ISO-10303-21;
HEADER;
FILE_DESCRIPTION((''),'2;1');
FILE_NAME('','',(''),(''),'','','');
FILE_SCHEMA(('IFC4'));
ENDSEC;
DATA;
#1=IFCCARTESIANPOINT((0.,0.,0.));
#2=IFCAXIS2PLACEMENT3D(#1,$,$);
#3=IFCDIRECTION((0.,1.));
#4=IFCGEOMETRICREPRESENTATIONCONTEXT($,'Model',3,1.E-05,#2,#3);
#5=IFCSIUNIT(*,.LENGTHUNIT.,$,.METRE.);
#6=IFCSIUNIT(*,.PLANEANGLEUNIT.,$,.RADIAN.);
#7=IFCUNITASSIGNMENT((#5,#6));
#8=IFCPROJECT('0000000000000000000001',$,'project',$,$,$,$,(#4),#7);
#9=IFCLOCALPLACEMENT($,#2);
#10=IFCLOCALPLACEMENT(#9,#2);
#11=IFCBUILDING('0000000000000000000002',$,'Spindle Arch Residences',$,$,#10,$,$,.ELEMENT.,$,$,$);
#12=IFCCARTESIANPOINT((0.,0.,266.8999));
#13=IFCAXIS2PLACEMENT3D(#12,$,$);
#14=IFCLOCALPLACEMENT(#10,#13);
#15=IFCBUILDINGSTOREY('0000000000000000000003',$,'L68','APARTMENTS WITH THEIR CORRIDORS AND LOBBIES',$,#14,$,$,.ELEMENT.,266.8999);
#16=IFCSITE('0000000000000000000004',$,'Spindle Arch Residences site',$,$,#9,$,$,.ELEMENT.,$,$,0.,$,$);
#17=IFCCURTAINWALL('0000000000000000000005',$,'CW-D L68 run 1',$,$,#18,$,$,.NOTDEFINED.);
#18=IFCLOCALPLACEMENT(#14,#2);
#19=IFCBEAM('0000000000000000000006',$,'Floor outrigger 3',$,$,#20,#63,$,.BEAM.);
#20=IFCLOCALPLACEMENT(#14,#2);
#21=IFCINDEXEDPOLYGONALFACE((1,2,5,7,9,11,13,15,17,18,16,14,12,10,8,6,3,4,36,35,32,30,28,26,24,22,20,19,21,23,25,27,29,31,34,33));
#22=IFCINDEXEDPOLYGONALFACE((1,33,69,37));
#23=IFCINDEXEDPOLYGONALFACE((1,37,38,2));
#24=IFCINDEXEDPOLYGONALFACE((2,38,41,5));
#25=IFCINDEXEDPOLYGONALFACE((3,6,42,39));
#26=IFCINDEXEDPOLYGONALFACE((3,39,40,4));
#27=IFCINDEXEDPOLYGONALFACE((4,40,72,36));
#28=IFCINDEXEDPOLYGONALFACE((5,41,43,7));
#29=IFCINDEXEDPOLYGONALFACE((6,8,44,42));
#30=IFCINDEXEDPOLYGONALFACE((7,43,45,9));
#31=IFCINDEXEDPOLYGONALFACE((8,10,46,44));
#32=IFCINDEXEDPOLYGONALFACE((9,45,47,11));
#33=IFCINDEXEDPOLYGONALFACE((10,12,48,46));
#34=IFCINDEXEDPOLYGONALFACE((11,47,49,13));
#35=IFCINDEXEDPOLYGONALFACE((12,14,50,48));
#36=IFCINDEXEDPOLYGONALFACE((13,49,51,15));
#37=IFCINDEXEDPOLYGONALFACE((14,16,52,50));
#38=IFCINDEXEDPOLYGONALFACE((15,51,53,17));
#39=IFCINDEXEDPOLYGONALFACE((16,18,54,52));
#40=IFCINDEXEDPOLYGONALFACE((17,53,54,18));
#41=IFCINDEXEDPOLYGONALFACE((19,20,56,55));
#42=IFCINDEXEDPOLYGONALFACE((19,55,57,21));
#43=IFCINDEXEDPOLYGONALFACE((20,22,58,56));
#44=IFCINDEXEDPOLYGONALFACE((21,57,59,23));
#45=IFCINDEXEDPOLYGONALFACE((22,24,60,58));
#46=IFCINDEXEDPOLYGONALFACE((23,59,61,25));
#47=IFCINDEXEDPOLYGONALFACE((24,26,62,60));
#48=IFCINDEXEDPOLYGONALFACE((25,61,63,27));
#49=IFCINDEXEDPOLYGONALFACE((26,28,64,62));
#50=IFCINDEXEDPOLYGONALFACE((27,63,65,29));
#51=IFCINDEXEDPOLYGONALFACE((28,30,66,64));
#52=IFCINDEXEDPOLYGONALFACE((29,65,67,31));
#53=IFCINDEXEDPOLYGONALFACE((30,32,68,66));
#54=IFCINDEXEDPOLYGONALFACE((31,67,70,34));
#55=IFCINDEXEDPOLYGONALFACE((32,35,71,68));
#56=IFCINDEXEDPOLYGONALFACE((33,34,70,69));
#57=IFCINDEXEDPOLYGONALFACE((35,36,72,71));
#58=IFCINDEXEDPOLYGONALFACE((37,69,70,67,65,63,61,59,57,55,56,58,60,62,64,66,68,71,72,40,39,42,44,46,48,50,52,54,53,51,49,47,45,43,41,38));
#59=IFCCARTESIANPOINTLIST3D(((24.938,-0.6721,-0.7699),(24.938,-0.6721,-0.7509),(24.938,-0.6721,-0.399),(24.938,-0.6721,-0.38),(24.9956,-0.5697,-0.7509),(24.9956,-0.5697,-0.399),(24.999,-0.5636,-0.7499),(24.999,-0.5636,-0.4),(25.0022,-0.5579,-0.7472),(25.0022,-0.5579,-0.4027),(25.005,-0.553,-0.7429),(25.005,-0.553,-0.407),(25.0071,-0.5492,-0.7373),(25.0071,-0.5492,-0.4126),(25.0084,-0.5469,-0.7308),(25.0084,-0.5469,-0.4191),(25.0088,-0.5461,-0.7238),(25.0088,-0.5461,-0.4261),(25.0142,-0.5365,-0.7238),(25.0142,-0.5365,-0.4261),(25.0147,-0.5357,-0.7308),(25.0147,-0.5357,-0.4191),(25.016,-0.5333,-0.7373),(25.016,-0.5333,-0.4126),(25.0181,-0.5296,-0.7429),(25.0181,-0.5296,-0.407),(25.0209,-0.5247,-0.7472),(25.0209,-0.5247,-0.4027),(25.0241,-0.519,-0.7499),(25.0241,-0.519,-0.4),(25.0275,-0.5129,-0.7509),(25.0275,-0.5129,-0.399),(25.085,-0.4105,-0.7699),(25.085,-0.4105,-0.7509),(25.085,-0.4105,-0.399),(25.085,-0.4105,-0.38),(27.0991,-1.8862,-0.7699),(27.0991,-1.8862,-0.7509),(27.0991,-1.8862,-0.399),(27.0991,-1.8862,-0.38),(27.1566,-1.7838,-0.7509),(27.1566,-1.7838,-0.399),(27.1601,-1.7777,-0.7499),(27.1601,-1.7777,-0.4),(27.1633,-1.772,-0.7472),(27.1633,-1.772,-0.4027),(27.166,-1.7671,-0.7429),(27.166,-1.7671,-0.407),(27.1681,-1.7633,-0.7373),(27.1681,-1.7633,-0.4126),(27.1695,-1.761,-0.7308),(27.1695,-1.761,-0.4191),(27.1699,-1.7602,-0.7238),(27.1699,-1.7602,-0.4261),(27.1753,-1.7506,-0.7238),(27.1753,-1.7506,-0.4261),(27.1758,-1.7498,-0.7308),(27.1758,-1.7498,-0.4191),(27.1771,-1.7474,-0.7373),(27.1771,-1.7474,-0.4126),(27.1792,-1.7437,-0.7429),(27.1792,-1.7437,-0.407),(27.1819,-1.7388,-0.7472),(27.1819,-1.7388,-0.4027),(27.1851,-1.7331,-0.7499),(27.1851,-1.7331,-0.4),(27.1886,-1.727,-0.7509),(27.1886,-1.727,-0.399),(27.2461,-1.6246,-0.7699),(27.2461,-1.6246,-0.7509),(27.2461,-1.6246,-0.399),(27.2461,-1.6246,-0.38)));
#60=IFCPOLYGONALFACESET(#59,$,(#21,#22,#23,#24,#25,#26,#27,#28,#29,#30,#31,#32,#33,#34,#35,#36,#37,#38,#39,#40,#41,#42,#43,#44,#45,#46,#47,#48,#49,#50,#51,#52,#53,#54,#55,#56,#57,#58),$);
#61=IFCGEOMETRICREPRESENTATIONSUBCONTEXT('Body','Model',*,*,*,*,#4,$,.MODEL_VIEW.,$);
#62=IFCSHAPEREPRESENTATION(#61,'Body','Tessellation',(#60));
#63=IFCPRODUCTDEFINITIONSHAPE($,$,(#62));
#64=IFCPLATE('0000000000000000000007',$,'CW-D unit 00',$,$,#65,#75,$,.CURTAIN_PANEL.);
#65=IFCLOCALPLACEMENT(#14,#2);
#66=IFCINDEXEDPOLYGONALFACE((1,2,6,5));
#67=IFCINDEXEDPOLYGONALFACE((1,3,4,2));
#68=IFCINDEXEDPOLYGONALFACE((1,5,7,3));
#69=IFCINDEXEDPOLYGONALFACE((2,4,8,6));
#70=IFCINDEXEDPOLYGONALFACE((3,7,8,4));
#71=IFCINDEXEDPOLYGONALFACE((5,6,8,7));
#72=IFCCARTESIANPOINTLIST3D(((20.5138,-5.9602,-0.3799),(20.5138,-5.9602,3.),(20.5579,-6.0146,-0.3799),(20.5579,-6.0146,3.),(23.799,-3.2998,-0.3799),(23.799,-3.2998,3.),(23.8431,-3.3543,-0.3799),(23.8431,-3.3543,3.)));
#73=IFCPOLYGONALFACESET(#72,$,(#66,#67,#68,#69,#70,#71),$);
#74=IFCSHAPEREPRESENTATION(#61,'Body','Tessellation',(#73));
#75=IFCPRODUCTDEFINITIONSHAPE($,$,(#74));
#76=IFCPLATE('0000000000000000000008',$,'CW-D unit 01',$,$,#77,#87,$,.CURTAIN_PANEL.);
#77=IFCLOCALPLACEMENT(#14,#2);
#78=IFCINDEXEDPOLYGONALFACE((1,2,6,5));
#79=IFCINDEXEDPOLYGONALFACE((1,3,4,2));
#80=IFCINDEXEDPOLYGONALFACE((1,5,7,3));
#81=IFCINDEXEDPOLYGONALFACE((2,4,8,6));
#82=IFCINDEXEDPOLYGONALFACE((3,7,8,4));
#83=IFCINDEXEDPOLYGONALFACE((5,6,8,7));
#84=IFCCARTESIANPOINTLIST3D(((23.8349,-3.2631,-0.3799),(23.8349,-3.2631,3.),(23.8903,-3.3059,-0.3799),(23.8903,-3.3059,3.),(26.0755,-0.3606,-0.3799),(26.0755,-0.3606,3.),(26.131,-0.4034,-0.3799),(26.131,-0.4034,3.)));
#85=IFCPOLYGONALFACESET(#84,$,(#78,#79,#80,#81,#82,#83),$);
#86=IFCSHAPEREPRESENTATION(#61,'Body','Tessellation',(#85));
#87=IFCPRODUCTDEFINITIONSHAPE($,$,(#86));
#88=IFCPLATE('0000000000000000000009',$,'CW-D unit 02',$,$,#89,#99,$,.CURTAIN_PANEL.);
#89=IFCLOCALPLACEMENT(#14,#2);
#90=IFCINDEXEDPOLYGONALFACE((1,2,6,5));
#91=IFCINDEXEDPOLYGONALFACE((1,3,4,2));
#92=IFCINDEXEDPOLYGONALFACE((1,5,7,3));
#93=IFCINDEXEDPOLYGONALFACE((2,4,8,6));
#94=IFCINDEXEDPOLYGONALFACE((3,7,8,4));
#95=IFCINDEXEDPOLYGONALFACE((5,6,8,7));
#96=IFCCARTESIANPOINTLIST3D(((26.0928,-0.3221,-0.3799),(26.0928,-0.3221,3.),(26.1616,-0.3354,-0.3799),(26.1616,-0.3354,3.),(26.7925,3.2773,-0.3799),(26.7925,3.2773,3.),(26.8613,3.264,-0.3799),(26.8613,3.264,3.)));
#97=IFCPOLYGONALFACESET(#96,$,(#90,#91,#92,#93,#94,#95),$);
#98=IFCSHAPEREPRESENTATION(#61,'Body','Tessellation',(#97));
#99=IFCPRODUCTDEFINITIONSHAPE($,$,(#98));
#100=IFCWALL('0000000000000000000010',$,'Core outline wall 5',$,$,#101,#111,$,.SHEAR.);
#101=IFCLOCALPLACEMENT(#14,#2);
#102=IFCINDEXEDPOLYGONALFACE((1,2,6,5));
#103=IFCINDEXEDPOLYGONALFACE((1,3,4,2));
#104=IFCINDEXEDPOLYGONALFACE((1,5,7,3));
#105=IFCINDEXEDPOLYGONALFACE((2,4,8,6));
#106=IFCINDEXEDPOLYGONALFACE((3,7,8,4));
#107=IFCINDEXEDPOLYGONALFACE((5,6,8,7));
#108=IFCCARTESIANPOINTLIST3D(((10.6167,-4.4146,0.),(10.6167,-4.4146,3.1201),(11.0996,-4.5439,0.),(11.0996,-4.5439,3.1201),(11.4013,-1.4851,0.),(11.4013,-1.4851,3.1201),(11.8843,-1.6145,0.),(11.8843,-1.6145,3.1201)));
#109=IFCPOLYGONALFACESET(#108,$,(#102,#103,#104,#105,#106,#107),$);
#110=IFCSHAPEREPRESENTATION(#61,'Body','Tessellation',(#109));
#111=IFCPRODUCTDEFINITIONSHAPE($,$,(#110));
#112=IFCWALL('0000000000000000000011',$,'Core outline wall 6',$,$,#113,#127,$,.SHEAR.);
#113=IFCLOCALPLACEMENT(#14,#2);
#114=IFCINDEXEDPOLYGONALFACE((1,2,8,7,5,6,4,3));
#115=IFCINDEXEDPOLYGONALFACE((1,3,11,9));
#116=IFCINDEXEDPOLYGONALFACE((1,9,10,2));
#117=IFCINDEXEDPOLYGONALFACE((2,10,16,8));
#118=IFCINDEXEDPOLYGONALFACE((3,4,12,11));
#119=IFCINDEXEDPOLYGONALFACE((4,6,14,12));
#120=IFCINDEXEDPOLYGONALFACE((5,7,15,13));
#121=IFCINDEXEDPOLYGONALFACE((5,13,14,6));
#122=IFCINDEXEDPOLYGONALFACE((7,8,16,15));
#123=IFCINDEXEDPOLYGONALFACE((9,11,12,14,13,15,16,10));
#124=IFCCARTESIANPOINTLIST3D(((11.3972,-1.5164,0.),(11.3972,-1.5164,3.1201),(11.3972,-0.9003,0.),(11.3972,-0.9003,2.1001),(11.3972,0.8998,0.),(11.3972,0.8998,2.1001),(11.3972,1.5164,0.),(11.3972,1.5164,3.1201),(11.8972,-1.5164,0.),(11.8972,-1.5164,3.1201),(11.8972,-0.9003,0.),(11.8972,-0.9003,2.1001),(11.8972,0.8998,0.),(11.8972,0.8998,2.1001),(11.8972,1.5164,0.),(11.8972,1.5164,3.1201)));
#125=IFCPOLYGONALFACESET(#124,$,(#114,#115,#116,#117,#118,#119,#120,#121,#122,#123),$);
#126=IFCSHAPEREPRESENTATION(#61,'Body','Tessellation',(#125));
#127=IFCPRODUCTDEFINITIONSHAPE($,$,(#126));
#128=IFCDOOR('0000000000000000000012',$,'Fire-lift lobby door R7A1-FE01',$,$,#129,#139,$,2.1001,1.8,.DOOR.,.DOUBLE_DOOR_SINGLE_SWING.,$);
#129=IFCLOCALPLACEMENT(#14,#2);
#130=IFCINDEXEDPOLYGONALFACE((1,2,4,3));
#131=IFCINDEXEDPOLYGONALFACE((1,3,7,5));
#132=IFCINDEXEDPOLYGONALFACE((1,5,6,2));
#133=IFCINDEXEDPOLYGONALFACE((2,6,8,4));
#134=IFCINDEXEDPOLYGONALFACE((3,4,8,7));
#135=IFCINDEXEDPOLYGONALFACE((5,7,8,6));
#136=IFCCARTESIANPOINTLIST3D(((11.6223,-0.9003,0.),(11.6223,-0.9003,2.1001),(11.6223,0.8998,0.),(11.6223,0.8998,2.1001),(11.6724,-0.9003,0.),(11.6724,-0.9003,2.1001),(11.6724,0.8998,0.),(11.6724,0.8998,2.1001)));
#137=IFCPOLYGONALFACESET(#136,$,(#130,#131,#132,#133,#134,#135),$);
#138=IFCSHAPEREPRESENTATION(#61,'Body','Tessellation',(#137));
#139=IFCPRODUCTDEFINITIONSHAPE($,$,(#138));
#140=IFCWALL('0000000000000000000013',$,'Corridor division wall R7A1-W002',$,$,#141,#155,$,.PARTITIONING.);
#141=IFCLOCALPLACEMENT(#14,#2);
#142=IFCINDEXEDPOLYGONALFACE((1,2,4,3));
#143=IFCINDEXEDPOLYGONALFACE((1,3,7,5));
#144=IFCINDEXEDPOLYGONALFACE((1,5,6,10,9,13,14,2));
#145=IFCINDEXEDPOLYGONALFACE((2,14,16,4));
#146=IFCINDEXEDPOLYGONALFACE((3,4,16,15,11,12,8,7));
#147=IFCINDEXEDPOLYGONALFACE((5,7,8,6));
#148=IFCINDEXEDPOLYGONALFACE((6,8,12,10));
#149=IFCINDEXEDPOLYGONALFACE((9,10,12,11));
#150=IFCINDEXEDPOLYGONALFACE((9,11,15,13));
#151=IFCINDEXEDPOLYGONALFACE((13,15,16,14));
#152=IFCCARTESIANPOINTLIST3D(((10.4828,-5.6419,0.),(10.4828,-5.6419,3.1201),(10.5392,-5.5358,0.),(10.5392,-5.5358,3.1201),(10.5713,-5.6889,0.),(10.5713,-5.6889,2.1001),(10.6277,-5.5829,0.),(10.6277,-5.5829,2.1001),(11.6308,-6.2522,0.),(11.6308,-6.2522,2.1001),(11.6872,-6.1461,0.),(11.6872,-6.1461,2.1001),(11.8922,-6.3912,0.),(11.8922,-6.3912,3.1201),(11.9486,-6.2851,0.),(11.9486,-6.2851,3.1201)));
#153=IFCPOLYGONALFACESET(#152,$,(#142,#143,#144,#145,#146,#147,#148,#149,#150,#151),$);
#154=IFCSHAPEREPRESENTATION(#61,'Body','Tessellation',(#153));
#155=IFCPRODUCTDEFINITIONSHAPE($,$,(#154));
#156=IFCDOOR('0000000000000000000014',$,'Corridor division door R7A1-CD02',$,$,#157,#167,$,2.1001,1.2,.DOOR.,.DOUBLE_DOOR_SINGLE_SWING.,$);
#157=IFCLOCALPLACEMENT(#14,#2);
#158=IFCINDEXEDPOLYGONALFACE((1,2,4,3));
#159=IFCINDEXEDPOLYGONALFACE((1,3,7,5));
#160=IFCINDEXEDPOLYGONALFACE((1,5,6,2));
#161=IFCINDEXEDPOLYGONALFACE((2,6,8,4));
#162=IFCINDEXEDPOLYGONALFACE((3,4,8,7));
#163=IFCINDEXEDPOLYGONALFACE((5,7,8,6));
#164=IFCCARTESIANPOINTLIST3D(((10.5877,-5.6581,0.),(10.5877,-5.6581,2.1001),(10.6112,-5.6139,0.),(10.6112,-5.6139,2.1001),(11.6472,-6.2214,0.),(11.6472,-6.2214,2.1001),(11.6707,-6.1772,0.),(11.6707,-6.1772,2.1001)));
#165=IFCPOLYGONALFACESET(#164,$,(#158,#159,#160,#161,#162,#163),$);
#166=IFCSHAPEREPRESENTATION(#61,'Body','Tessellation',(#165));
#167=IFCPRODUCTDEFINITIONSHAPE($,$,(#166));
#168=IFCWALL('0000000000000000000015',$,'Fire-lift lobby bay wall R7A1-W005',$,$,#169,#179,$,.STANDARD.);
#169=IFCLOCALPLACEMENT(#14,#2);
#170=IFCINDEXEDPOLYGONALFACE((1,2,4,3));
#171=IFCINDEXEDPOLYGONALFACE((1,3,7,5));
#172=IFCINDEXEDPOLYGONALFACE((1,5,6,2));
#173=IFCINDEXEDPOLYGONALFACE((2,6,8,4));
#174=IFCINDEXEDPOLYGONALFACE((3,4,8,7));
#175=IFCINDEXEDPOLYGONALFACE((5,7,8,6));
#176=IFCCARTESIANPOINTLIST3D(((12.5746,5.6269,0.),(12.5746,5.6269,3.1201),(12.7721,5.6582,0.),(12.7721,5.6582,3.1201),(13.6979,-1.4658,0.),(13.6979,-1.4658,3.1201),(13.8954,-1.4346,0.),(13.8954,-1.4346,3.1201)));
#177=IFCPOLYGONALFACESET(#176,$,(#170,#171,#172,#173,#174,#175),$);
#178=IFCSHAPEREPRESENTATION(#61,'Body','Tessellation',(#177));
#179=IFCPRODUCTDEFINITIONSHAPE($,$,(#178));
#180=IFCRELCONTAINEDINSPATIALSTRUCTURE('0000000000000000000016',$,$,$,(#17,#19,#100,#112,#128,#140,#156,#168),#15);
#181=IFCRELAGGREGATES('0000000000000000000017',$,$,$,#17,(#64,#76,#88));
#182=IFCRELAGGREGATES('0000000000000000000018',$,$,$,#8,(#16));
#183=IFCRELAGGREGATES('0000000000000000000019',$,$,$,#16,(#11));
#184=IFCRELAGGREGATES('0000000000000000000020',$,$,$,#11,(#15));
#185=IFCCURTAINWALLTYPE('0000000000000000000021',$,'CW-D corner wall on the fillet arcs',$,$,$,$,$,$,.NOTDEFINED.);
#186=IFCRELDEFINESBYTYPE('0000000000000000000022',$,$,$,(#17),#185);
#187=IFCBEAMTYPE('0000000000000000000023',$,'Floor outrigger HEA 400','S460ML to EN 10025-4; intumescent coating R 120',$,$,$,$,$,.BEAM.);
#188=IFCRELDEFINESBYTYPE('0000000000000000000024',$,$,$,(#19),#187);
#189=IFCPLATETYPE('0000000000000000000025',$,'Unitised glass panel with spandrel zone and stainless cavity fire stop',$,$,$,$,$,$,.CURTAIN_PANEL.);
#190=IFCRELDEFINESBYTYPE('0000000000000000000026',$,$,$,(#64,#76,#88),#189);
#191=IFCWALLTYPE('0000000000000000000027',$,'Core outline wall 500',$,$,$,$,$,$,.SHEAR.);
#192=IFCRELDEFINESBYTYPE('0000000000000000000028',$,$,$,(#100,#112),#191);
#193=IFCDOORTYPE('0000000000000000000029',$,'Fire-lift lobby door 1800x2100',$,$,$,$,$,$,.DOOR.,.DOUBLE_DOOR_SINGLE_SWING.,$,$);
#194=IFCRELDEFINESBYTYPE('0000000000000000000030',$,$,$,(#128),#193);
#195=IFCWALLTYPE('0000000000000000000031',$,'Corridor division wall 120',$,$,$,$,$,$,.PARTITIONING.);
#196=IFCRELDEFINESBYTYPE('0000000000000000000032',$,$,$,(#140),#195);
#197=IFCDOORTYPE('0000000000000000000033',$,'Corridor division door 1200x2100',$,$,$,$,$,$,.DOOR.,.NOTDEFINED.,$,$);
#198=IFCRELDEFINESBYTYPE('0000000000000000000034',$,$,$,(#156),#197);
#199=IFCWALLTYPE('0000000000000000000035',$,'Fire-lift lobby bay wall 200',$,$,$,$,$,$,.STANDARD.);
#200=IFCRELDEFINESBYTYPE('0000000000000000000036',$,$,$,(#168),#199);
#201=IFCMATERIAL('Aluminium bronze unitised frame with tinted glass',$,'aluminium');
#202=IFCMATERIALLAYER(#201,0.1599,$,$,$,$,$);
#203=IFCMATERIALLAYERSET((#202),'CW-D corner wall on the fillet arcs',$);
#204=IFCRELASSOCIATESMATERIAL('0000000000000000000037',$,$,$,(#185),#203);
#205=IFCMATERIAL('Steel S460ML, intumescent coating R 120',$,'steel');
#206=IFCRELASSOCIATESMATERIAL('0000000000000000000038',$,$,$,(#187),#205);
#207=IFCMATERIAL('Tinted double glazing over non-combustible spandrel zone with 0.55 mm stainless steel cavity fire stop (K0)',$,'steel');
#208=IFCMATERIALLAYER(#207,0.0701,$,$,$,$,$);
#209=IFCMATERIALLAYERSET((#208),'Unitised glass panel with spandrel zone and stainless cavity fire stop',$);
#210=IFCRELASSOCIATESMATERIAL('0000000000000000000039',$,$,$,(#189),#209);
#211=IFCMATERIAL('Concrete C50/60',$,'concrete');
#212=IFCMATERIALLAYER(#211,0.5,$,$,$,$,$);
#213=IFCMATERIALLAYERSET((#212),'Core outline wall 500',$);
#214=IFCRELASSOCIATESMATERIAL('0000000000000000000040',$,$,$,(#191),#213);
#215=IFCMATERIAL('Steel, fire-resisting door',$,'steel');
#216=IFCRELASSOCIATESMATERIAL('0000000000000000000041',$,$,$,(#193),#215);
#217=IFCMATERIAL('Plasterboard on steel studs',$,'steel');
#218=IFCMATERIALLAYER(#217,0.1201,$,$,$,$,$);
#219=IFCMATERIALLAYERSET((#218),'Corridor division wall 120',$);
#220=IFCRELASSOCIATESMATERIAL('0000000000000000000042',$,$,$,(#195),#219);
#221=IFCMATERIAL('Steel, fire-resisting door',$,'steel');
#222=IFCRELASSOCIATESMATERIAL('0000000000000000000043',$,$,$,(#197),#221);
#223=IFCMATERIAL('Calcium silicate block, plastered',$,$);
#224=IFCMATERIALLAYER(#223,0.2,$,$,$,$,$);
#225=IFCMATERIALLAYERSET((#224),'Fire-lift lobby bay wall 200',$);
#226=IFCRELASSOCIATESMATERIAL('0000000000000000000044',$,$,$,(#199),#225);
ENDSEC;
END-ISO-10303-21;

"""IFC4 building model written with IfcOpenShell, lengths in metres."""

from ifc_helpers import new_model, si_unit, direction, frame, frame_2d, origin, origin_2d, place, context, subcontext, project, spatial, rectangle, i_section, extrude, material, layer, layer_set, material_profile, profile_set, type_object, element, fill, aggregate, save


model = new_model("IFC4")

# Units and contexts
model_context = context("Model", 3, precision=1e-05, world=origin(), true_north=direction((0.0, 1.0)))
body_context = subcontext(model_context, "Body", "Model", "MODEL_VIEW")
ifc_project = project(units=[si_unit("LENGTHUNIT", "METRE"), si_unit("PLANEANGLEUNIT", "RADIAN")], contexts=[model_context])

# Site, building, storey
site_placement = place(None, origin())
site = spatial("IfcSite", under=ifc_project, at=site_placement, Name="Spindle Arch Residences site", CompositionType="ELEMENT", RefElevation=0.0)
building_placement = place(site_placement, origin())
building = spatial("IfcBuilding", under=site, at=building_placement, Name="Spindle Arch Residences", CompositionType="ELEMENT")
storey_placement = place(building_placement, frame((0.0, 0.0, 266.8999)))
storey = spatial("IfcBuildingStorey", under=building, at=storey_placement, Name="L68", Description="APARTMENTS WITH THEIR CORRIDORS AND LOBBIES", CompositionType="ELEMENT", Elevation=266.8999)

# Curtain wall
ifc_material_1 = material(Name="Aluminium bronze unitised frame with tinted glass", Category="aluminium")
ifc_layer_1 = layer(ifc_material_1, 0.1599)
ifc_layer_set_1 = layer_set([ifc_layer_1], Name="CW-D corner wall on the fillet arcs")
curtain_wall_type = type_object("IfcCurtainWallType", Name="CW-D corner wall on the fillet arcs", PredefinedType="NOTDEFINED", material=ifc_layer_set_1)
curtain_wall_placement = place(storey_placement, origin())
curtain_wall = element("IfcCurtainWall", 1, at=curtain_wall_placement, inside=storey, type_object=curtain_wall_type, Name="CW-D L68 run 1", PredefinedType="NOTDEFINED")

# Beam
ifc_material_2 = material(Name="Steel S460ML, intumescent coating R 120", Category="steel")
ifc_material_profile_1 = material_profile(ifc_material_2, i_section(OverallWidth=0.3, OverallDepth=0.3899, WebThickness=0.011, FlangeThickness=0.019, FilletRadius=0.0271, at=origin_2d()), Name="HEA 400")
ifc_profile_set_1 = profile_set([ifc_material_profile_1], Name="Steel S460ML, intumescent coating R 120")
beam_type_1 = type_object("IfcBeamType", Name="Floor outrigger HEA 400", Description="S460ML to EN 10025-4; intumescent coating R 120", PredefinedType="BEAM", material=ifc_profile_set_1)
beam_1_placement = place(storey_placement, frame((27.1726, -1.7554, -0.575), z_axis=(-0.871838, 0.489794, 0.0), x_axis=(-0.489794, -0.871838, 0.0)))
element("IfcBeam", 2, at=beam_1_placement, inside=storey, type_object=beam_type_1, Name="Floor outrigger 3", PredefinedType="BEAM", context=body_context, shape_type="SweptSolid", body=[
    extrude(i_section(OverallWidth=0.3, OverallDepth=0.3899, WebThickness=0.011, FlangeThickness=0.019, FilletRadius=0.0271, at=origin_2d()), origin(), (0.0, 0.0, 1.0), 2.4788),
])

# Plates
ifc_material_3 = material(Name="Tinted double glazing over non-combustible spandrel zone with 0.55 mm stainless steel cavity fire stop (K0)", Category="steel")
ifc_layer_2 = layer(ifc_material_3, 0.0701)
ifc_layer_set_2 = layer_set([ifc_layer_2], Name="Unitised glass panel with spandrel zone and stainless cavity fire stop")
plate_type = type_object("IfcPlateType", Name="Unitised glass panel with spandrel zone and stainless cavity fire stop", PredefinedType="CURTAIN_PANEL", material=ifc_layer_set_2)
plate_1_placement = place(storey_placement, frame((22.1785, -4.6572, -0.3799), z_axis=(0.0, 0.0, 1.0), x_axis=(0.777146, 0.62932, 0.0)))
plate_1 = element("IfcPlate", 3, at=plate_1_placement, type_object=plate_type, Name="CW-D unit 00", PredefinedType="CURTAIN_PANEL", context=body_context, shape_type="SweptSolid", body=[
    extrude(rectangle(XDim=4.2273, YDim=0.0701, at=origin_2d()), origin(), (0.0, 0.0, 1.0), 3.3799),
])
plate_2_placement = place(storey_placement, frame((24.9829, -1.8333, -0.3799), z_axis=(0.0, 0.0, 1.0), x_axis=(0.611067, 0.791579, 0.0)))
plate_2 = element("IfcPlate", 4, at=plate_2_placement, type_object=plate_type, Name="CW-D unit 01", PredefinedType="CURTAIN_PANEL", context=body_context, shape_type="SweptSolid", body=[
    extrude(rectangle(XDim=3.6667, YDim=0.0701, at=origin_2d()), origin(), (0.0, 0.0, 1.0), 3.3799),
])
plate_3_placement = place(storey_placement, frame((26.4771, 1.4709, -0.3799), z_axis=(0.0, 0.0, 1.0), x_axis=(0.190809, 0.981627, 0.0)))
plate_3 = element("IfcPlate", 5, at=plate_3_placement, type_object=plate_type, Name="CW-D unit 02", PredefinedType="CURTAIN_PANEL", context=body_context, shape_type="SweptSolid", body=[
    extrude(rectangle(XDim=3.6667, YDim=0.0701, at=origin_2d()), origin(), (0.0, 0.0, 1.0), 3.3799),
])
aggregate(curtain_wall, [plate_1, plate_2, plate_3])

# Wall
ifc_material_4 = material(Name="Concrete C50/60", Category="concrete")
ifc_layer_3 = layer(ifc_material_4, 0.5)
ifc_layer_set_3 = layer_set([ifc_layer_3], Name="Core outline wall 500")
wall_type_1 = type_object("IfcWallType", Name="Core outline wall 500", PredefinedType="SHEAR", material=ifc_layer_set_3)
wall_1_placement = place(storey_placement, frame((10.8582, -4.4792, 0.0), z_axis=(0.0, 0.0, 1.0), x_axis=(0.258735, 0.965948, 0.0)))
element("IfcWall", 6, at=wall_1_placement, inside=storey, type_object=wall_type_1, Name="Core outline wall 5", PredefinedType="SHEAR", context=body_context, shape_type="SweptSolid", body=[
    extrude(rectangle(XDim=3.0327, YDim=0.5, at=frame_2d((1.5164, 0.0))), origin(), (0.0, 0.0, 1.0), 3.1201),
])

# Walls, openings, doors
wall_2_placement = place(storey_placement, frame((11.6472, -1.5164, 0.0), z_axis=(0.0, 0.0, 1.0), x_axis=(0.0, 1.0, 0.0)))
wall_2 = element("IfcWall", 7, at=wall_2_placement, inside=storey, type_object=wall_type_1, Name="Core outline wall 6", PredefinedType="SHEAR", context=body_context, shape_type="SweptSolid", body=[
    extrude(rectangle(XDim=3.0327, YDim=0.5, at=frame_2d((1.5164, 0.0))), origin(), (0.0, 0.0, 1.0), 3.1201),
])
opening_1_placement = place(wall_2_placement, frame((0.6162, 0.0, 0.0)))
opening_1 = element("IfcOpeningElement", 8, at=opening_1_placement, cuts=wall_2, PredefinedType="OPENING", context=body_context, shape_type="SweptSolid", body=[
    extrude(rectangle(XDim=1.8, YDim=2.1001, at=frame_2d((0.8999, 1.05))), frame((0.0, 0.26, 0.0), z_axis=(0.0, -1.0, 0.0), x_axis=(1.0, 0.0, 0.0)), (0.0, 0.0, 1.0), 0.52),
])
ifc_material_5 = material(Name="Steel, fire-resisting door", Category="steel")
door_type_1 = type_object("IfcDoorType", Name="Fire-lift lobby door 1800x2100", OperationType="DOUBLE_DOOR_SINGLE_SWING", PredefinedType="DOOR", material=ifc_material_5)
door_1_placement = place(opening_1_placement, origin())
door_1 = element("IfcDoor", 9, at=door_1_placement, inside=storey, type_object=door_type_1, Name="Fire-lift lobby door R7A1-FE01", OperationType="DOUBLE_DOOR_SINGLE_SWING", OverallHeight=2.1001, OverallWidth=1.8, PredefinedType="DOOR", context=body_context, shape_type="SweptSolid", body=[
    extrude(rectangle(XDim=1.8, YDim=2.1001, at=frame_2d((0.8999, 1.05))), frame((0.0, 0.0249, 0.0), z_axis=(0.0, -1.0, 0.0), x_axis=(1.0, 0.0, 0.0)), (0.0, 0.0, 1.0), 0.05),
])
fill(opening_1, door_1)
ifc_material_6 = material(Name="Plasterboard on steel studs", Category="steel")
ifc_layer_4 = layer(ifc_material_6, 0.1201)
ifc_layer_set_4 = layer_set([ifc_layer_4], Name="Corridor division wall 120")
wall_type_2 = type_object("IfcWallType", Name="Corridor division wall 120", PredefinedType="PARTITIONING", material=ifc_layer_set_4)
wall_3_placement = place(storey_placement, frame((10.511, -5.5889, 0.0), z_axis=(0.0, 0.0, 1.0), x_axis=(0.882983, -0.469405, 0.0)))
wall_3 = element("IfcWall", 10, at=wall_3_placement, inside=storey, type_object=wall_type_2, Name="Corridor division wall R7A1-W002", PredefinedType="PARTITIONING", context=body_context, shape_type="SweptSolid", body=[
    extrude(rectangle(XDim=1.5962, YDim=0.1201, at=frame_2d((0.7981, 0.0))), origin(), (0.0, 0.0, 1.0), 3.1201),
])
opening_2_placement = place(wall_3_placement, frame((0.1001, 0.0, 0.0)))
opening_2 = element("IfcOpeningElement", 11, at=opening_2_placement, cuts=wall_3, PredefinedType="OPENING", context=body_context, shape_type="SweptSolid", body=[
    extrude(rectangle(XDim=1.2, YDim=2.1001, at=frame_2d((0.6001, 1.05))), frame((0.0, 0.0701, 0.0), z_axis=(0.0, -1.0, 0.0), x_axis=(1.0, 0.0, 0.0)), (0.0, 0.0, 1.0), 0.1401),
])
ifc_material_7 = material(Name="Steel, fire-resisting door", Category="steel")
door_type_2 = type_object("IfcDoorType", Name="Corridor division door 1200x2100", OperationType="NOTDEFINED", PredefinedType="DOOR", material=ifc_material_7)
door_2_placement = place(opening_2_placement, origin())
door_2 = element("IfcDoor", 12, at=door_2_placement, inside=storey, type_object=door_type_2, Name="Corridor division door R7A1-CD02", OperationType="DOUBLE_DOOR_SINGLE_SWING", OverallHeight=2.1001, OverallWidth=1.2, PredefinedType="DOOR", context=body_context, shape_type="SweptSolid", body=[
    extrude(rectangle(XDim=1.2, YDim=2.1001, at=frame_2d((0.6001, 1.05))), frame((0.0, 0.0249, 0.0), z_axis=(0.0, -1.0, 0.0), x_axis=(1.0, 0.0, 0.0)), (0.0, 0.0, 1.0), 0.05),
])
fill(opening_2, door_2)

# Wall
ifc_material_8 = material(Name="Calcium silicate block, plastered")
ifc_layer_5 = layer(ifc_material_8, 0.2)
ifc_layer_set_5 = layer_set([ifc_layer_5], Name="Fire-lift lobby bay wall 200")
wall_type_3 = type_object("IfcWallType", Name="Fire-lift lobby bay wall 200", PredefinedType="STANDARD", material=ifc_layer_set_5)
wall_4_placement = place(storey_placement, frame((13.7966, -1.4502, 0.0), z_axis=(0.0, 0.0, 1.0), x_axis=(-0.156422, 0.98769, 0.0)))
element("IfcWall", 13, at=wall_4_placement, inside=storey, type_object=wall_type_3, Name="Fire-lift lobby bay wall R7A1-W005", PredefinedType="STANDARD", context=body_context, shape_type="SweptSolid", body=[
    extrude(rectangle(XDim=7.1812, YDim=0.2, at=frame_2d((3.5906, 0.0))), origin(), (0.0, 0.0, 1.0), 3.1201),
])

save(model, "model.ifc")
